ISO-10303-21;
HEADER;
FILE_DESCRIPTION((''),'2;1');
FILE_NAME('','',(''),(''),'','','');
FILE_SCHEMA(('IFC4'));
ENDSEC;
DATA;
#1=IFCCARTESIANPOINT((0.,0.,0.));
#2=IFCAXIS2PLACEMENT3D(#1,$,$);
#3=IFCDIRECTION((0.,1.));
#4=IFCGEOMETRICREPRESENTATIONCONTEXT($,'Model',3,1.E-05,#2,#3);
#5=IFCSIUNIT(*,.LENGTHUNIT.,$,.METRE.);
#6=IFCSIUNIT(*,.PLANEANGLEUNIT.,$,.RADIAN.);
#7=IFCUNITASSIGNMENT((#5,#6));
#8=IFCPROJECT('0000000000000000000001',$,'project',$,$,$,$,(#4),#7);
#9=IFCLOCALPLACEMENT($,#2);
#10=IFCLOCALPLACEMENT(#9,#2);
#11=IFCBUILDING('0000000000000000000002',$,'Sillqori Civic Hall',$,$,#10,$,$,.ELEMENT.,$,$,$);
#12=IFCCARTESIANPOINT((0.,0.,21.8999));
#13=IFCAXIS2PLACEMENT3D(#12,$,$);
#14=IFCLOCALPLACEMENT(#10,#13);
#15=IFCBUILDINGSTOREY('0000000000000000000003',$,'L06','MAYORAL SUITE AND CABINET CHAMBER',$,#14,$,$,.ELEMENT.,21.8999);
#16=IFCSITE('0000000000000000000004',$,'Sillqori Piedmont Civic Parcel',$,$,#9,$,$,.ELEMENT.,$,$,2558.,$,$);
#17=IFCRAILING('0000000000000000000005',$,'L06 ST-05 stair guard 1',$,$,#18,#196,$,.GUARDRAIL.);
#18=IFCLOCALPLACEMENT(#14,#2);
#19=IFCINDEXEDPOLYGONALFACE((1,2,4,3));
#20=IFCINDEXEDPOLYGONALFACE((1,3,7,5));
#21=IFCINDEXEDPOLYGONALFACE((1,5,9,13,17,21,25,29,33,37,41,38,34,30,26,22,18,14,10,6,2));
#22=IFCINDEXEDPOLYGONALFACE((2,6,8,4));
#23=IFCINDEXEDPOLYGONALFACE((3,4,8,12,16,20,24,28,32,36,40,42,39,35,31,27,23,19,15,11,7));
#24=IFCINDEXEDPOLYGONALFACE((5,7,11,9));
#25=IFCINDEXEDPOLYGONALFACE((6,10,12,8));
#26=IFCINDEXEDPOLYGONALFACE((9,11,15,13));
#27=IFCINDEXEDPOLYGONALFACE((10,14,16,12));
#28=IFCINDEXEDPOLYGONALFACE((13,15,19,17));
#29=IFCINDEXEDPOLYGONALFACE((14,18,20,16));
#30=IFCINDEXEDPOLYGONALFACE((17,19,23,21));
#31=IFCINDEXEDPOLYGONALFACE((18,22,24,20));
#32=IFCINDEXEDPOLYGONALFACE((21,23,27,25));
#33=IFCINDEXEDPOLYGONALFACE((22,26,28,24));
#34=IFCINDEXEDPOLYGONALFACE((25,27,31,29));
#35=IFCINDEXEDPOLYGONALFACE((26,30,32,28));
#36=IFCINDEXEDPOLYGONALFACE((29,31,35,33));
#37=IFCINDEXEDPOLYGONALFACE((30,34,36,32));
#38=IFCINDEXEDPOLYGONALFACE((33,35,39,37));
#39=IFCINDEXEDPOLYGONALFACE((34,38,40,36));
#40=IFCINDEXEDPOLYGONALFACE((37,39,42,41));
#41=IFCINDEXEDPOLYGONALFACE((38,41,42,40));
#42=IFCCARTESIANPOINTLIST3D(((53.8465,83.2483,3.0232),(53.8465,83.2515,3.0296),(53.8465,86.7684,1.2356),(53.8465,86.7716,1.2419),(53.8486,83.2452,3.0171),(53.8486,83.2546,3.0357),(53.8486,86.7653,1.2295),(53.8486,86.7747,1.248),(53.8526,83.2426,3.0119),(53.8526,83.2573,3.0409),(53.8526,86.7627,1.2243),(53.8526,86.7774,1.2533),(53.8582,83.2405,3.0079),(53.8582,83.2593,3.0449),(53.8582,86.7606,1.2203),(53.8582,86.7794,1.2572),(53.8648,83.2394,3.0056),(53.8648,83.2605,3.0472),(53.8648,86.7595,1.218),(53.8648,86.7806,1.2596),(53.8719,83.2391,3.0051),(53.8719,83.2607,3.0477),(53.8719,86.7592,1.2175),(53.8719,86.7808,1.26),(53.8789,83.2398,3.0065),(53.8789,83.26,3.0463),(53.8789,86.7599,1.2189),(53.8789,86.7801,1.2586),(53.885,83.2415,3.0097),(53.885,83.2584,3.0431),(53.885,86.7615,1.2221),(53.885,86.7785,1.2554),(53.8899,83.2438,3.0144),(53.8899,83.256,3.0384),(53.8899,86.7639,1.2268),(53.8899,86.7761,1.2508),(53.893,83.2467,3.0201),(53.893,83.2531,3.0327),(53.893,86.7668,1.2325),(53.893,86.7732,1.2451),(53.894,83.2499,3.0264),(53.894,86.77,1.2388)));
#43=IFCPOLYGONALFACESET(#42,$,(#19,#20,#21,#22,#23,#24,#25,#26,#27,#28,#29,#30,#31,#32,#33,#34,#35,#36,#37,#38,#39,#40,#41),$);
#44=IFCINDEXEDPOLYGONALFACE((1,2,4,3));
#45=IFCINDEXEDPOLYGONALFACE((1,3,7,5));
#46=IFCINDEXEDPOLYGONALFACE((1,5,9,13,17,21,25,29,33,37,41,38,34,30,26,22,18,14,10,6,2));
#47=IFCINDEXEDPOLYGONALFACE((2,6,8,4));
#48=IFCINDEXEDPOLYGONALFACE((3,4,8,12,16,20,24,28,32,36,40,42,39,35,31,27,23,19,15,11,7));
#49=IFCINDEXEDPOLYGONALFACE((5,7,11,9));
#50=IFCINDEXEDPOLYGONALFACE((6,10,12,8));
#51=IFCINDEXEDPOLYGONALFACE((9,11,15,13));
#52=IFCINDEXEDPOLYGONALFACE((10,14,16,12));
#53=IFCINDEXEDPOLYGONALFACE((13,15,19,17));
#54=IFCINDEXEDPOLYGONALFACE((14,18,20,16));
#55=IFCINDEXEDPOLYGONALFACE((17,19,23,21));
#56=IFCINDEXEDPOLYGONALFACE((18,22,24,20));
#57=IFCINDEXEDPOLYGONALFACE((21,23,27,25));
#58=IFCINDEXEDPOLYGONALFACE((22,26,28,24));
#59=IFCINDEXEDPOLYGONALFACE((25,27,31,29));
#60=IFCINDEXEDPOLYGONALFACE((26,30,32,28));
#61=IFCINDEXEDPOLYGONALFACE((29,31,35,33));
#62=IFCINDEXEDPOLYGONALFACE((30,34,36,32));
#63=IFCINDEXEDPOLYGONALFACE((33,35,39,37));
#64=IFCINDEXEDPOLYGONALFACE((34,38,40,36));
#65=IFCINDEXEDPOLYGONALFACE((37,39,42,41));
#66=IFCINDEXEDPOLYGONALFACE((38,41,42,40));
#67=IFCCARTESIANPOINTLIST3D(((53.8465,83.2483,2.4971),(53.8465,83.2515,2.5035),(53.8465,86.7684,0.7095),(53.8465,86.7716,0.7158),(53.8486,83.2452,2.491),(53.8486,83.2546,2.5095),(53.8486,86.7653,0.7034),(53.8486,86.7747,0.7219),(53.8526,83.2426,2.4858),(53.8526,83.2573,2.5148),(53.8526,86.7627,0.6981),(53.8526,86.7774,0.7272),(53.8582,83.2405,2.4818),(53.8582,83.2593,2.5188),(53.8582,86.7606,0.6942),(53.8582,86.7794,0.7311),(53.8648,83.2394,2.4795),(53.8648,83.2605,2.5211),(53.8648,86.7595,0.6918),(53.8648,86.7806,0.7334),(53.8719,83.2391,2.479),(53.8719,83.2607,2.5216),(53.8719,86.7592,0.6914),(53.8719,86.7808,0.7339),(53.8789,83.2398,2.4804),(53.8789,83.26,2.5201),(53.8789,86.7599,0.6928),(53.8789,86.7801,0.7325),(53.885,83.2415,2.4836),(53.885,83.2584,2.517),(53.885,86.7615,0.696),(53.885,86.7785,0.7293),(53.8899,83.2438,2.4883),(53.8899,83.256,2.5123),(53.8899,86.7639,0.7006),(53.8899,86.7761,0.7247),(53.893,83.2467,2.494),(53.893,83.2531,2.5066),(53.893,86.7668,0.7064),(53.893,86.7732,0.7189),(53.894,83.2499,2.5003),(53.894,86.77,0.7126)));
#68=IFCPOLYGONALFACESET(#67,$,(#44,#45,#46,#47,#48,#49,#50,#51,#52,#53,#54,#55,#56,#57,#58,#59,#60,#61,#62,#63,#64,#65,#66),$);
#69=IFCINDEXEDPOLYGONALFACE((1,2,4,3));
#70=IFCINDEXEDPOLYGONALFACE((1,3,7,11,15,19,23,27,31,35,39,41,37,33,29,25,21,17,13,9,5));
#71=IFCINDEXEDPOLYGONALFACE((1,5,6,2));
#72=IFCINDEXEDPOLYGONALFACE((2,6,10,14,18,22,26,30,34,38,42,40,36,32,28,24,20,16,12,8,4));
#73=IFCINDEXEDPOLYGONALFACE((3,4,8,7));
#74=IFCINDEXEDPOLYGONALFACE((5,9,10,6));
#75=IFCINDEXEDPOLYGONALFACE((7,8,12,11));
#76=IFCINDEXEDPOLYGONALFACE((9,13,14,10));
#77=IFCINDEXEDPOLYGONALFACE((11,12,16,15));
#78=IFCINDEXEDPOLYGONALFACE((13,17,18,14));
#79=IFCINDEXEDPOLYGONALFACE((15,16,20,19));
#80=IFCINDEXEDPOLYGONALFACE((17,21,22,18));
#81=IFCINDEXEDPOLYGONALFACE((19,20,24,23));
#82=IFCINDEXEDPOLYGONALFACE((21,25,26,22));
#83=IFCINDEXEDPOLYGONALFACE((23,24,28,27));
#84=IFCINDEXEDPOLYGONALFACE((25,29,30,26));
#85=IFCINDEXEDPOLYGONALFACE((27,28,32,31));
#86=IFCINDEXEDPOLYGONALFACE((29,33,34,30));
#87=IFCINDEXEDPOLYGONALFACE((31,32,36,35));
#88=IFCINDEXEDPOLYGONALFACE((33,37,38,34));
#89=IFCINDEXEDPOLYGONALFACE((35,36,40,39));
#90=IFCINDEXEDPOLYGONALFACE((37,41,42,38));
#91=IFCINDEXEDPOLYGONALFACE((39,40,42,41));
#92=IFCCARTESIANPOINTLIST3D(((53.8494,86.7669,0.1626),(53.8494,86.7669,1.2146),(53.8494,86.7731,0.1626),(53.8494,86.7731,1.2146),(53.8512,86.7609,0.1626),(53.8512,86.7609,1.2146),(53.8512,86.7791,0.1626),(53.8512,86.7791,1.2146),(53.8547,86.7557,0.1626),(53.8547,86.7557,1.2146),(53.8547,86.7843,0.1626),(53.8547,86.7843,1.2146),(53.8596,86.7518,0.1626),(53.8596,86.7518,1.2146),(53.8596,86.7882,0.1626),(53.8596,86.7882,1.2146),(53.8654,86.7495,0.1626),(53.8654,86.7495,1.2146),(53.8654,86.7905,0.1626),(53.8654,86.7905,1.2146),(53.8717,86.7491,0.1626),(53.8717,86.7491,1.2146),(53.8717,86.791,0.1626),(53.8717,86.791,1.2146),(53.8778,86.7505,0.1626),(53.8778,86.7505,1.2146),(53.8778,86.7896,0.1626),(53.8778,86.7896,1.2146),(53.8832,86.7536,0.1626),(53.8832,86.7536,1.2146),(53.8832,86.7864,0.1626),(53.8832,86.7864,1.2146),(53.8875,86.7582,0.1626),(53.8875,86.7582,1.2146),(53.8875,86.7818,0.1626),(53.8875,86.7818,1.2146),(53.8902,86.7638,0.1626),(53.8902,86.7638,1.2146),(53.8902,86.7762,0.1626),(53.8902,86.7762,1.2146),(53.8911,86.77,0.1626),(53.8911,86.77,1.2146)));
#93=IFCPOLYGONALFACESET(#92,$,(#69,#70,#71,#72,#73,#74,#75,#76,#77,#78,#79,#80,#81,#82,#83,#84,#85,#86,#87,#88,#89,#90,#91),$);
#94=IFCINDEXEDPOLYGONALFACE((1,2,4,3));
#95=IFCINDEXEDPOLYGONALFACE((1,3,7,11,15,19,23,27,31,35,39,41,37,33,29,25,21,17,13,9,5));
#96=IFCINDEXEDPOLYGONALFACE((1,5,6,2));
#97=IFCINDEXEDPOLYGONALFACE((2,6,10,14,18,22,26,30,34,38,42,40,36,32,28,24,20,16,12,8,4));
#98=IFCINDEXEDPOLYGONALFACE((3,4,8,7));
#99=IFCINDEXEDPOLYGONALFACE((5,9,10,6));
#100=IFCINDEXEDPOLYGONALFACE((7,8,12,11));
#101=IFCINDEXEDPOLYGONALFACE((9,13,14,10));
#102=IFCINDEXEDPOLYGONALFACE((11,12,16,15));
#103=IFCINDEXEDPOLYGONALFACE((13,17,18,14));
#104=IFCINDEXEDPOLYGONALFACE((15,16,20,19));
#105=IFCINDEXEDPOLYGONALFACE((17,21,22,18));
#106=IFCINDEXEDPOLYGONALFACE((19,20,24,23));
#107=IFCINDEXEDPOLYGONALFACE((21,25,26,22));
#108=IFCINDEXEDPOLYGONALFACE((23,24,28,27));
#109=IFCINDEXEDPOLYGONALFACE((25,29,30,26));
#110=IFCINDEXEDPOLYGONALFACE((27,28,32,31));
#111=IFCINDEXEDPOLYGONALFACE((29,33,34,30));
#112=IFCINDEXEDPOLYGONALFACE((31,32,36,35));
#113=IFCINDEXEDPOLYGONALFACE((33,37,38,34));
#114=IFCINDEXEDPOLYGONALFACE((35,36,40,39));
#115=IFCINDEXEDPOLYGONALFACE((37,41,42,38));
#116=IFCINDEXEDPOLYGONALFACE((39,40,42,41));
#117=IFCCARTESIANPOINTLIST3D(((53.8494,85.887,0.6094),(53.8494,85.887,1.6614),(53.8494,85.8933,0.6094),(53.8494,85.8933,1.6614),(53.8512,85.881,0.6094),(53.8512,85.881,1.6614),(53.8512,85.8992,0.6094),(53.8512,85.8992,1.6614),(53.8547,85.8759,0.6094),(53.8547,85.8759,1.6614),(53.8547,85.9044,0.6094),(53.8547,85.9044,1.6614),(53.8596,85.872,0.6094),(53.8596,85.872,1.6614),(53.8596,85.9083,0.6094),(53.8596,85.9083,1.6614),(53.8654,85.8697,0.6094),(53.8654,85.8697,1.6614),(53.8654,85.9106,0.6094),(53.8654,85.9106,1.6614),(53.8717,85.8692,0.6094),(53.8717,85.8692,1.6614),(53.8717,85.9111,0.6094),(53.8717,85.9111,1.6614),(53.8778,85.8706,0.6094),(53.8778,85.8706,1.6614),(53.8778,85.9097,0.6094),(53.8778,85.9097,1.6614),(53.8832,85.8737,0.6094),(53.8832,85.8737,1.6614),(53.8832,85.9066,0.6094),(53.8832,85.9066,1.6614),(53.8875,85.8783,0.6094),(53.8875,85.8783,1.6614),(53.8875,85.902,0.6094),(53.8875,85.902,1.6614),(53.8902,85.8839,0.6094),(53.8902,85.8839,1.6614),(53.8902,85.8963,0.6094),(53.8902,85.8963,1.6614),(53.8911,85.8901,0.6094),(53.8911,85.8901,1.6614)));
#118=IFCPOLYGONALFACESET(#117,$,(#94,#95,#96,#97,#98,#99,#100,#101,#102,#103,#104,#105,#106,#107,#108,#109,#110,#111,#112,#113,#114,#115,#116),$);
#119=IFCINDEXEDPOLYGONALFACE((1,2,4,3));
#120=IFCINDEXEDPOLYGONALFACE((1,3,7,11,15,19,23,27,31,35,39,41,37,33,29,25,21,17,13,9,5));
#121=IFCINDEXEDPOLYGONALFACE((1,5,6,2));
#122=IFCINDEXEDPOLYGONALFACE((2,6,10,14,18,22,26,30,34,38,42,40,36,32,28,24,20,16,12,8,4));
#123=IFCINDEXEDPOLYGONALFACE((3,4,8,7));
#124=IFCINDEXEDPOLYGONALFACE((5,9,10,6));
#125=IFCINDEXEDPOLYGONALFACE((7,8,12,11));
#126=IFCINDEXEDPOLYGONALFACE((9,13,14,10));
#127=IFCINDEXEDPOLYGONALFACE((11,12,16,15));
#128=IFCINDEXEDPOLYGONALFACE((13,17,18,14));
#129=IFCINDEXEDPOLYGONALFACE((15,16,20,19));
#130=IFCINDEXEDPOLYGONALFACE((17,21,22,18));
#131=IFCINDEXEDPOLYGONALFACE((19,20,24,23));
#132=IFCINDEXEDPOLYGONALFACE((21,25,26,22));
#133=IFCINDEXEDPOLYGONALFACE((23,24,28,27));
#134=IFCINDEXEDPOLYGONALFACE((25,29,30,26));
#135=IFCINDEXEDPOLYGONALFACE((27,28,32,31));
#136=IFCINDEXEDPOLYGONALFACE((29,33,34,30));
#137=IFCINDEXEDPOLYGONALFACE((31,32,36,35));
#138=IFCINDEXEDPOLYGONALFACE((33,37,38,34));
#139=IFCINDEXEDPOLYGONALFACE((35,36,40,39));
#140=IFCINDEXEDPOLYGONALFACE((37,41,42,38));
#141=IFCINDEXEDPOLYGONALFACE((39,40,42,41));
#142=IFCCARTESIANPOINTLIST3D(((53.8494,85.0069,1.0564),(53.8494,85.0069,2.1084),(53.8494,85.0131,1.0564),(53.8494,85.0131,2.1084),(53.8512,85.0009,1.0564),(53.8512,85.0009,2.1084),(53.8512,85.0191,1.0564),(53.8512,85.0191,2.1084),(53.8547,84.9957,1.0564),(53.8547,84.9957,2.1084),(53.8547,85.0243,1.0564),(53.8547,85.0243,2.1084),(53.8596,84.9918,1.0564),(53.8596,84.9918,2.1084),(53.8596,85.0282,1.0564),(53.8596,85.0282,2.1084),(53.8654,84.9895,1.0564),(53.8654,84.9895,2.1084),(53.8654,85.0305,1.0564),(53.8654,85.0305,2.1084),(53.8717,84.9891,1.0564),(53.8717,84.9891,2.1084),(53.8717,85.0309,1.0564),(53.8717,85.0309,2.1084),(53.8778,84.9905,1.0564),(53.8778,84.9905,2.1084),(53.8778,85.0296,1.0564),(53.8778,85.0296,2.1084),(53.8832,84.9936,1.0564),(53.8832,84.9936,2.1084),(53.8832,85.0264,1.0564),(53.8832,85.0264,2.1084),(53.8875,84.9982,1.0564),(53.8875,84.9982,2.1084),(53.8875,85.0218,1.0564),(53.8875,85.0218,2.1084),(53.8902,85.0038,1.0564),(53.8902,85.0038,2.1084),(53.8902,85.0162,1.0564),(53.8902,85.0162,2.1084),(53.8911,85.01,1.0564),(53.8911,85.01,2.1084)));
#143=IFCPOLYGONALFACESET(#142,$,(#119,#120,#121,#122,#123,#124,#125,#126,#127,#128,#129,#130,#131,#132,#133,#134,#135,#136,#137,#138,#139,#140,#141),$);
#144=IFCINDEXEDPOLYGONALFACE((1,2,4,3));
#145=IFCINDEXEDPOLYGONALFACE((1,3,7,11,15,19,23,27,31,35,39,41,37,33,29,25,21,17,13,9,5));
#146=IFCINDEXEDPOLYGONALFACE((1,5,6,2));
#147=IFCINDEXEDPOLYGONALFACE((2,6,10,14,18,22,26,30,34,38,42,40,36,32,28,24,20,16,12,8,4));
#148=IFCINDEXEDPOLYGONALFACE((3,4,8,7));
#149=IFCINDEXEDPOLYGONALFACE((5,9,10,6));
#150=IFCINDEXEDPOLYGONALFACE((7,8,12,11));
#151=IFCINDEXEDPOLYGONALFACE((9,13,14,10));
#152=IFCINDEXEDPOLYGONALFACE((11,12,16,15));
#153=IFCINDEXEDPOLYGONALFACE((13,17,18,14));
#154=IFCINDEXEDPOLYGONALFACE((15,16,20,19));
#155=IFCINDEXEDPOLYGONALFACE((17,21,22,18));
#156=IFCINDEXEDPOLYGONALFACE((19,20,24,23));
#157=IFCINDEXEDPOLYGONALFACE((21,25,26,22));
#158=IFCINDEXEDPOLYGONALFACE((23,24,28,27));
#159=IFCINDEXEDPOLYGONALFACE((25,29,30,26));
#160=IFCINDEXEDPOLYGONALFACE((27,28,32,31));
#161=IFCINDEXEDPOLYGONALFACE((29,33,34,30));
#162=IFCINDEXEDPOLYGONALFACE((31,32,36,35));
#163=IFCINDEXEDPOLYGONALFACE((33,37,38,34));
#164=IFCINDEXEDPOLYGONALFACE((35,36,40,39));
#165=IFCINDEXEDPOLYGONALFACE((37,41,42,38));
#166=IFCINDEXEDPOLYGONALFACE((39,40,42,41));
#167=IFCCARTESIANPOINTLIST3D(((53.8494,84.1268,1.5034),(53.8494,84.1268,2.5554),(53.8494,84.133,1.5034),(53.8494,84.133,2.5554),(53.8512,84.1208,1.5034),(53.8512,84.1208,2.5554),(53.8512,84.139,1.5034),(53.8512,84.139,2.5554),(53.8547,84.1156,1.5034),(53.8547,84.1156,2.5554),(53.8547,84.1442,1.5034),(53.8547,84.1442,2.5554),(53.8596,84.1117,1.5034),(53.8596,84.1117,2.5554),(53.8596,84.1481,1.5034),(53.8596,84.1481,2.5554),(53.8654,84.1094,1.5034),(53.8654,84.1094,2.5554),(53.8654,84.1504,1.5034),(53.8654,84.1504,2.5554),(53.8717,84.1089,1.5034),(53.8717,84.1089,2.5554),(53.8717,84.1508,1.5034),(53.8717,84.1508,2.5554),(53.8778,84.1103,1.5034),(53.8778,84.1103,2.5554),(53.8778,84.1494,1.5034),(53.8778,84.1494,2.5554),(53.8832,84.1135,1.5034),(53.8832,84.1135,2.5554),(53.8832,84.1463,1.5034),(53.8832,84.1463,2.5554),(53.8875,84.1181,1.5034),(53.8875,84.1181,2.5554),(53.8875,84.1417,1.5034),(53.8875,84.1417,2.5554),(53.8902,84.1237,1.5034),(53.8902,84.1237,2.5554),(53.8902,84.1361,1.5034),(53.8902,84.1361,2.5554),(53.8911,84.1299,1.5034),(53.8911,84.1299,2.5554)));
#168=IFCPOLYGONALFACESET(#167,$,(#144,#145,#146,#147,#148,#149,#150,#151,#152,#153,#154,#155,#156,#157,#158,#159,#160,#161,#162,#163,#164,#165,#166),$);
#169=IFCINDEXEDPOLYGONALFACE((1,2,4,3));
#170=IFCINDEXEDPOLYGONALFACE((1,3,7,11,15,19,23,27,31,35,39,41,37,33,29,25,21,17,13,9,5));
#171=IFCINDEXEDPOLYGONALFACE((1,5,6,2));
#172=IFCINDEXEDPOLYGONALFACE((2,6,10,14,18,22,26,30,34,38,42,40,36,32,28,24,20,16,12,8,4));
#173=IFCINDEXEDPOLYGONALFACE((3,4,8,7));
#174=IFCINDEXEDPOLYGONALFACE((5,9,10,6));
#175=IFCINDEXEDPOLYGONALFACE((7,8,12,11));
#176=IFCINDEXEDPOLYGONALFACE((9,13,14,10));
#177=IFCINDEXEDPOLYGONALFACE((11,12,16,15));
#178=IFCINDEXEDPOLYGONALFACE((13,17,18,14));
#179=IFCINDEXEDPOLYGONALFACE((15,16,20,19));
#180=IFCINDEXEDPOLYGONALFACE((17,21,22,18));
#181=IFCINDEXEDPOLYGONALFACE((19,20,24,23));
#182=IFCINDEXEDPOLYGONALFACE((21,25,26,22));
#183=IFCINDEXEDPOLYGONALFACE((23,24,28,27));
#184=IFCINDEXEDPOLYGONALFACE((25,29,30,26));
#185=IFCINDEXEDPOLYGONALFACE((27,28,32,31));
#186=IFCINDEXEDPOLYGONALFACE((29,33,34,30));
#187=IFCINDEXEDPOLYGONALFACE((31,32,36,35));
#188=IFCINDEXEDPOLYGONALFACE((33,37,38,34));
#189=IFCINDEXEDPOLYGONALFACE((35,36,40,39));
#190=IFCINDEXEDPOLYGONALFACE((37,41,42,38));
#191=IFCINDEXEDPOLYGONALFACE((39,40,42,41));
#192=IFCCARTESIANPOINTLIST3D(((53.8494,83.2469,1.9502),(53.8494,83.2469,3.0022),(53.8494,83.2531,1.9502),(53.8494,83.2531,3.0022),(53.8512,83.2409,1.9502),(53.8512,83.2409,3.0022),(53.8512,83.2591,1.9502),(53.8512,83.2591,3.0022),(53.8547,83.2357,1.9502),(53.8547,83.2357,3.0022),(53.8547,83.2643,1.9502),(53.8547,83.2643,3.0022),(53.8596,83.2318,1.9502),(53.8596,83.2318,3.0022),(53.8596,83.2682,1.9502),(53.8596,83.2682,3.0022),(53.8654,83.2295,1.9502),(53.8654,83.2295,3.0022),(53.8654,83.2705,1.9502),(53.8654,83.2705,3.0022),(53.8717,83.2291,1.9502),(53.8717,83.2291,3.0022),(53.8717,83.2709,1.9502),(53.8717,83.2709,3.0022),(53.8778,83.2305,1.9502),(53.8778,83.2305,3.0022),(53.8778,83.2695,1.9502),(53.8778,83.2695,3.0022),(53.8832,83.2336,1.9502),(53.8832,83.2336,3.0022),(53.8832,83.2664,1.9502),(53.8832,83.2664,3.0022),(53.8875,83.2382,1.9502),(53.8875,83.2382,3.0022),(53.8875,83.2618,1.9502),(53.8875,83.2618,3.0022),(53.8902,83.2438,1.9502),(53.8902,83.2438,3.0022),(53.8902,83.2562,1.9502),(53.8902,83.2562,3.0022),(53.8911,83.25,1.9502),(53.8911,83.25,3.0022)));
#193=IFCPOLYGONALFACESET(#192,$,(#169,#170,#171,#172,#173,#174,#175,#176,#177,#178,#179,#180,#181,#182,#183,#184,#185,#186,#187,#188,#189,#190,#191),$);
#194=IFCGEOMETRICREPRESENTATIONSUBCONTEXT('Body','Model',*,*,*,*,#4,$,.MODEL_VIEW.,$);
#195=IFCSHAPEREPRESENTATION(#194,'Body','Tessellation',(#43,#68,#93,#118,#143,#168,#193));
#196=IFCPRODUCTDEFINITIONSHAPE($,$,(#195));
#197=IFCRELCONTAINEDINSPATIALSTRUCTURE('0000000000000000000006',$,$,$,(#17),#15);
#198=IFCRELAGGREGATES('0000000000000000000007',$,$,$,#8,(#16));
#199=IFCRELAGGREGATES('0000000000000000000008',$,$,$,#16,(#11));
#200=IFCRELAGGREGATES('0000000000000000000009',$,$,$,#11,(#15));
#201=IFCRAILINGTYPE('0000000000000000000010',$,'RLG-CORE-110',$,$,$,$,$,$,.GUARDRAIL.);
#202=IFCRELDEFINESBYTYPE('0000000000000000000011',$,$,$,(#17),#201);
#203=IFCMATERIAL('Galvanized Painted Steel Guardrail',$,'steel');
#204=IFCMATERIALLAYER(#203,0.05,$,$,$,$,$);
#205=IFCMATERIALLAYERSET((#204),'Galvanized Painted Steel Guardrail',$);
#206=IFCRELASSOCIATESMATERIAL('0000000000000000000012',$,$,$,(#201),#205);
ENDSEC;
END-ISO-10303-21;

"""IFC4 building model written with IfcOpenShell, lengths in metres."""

from ifc_helpers import new_model, si_unit, direction, frame, origin, origin_2d, place, context, subcontext, project, spatial, circle, extrude, material, layer, layer_set, type_object, element, save


model = new_model("IFC4")

# Units and contexts
model_context = context("Model", 3, precision=1e-05, world=origin(), true_north=direction((0.0, 1.0)))
body_context = subcontext(model_context, "Body", "Model", "MODEL_VIEW")
ifc_project = project(units=[si_unit("LENGTHUNIT", "METRE"), si_unit("PLANEANGLEUNIT", "RADIAN")], contexts=[model_context])

# Site, building, storey
site_placement = place(None, origin())
site = spatial("IfcSite", under=ifc_project, at=site_placement, Name="Sillqori Piedmont Civic Parcel", CompositionType="ELEMENT", RefElevation=2558.0)
building_placement = place(site_placement, origin())
building = spatial("IfcBuilding", under=site, at=building_placement, Name="Sillqori Civic Hall", CompositionType="ELEMENT")
storey_placement = place(building_placement, frame((0.0, 0.0, 21.8999)))
storey = spatial("IfcBuildingStorey", under=building, at=storey_placement, Name="L06", Description="MAYORAL SUITE AND CABINET CHAMBER", CompositionType="ELEMENT", Elevation=21.8999)

# Railing
ifc_material_1 = material(Name="Galvanized Painted Steel Guardrail", Category="steel")
ifc_layer_1 = layer(ifc_material_1, 0.05)
ifc_layer_set_1 = layer_set([ifc_layer_1], Name="Galvanized Painted Steel Guardrail")
railing_type_1 = type_object("IfcRailingType", Name="RLG-CORE-110", PredefinedType="GUARDRAIL", material=ifc_layer_set_1)
railing_1_placement = place(storey_placement, frame((53.8701, 86.77, 0.1626)))
element("IfcRailing", 1, at=railing_1_placement, inside=storey, type_object=railing_type_1, Name="L06 ST-05 stair guard 1", PredefinedType="GUARDRAIL", context=body_context, shape_type="SweptSolid", body=[
    extrude(circle(Radius=0.0239, at=origin_2d()), frame((0.0, 0.0, 1.0762), z_axis=(0.0, -0.891615, 0.452795), x_axis=(1.0, 0.0, 0.0)), (0.0, 0.0, 1.0), 3.948),
    extrude(circle(Radius=0.0239, at=origin_2d()), frame((0.0, 0.0, 0.55), z_axis=(0.0, -0.891615, 0.452795), x_axis=(1.0, 0.0, 0.0)), (0.0, 0.0, 1.0), 3.948),
    extrude(circle(Radius=0.021, at=origin_2d()), origin(), (0.0, 0.0, 1.0), 1.052),
    extrude(circle(Radius=0.021, at=origin_2d()), frame((0.0, -0.8799, 0.4468)), (0.0, 0.0, 1.0), 1.052),
    extrude(circle(Radius=0.021, at=origin_2d()), frame((0.0, -1.76, 0.8938)), (0.0, 0.0, 1.0), 1.052),
    extrude(circle(Radius=0.021, at=origin_2d()), frame((0.0, -2.6401, 1.3408)), (0.0, 0.0, 1.0), 1.052),
    extrude(circle(Radius=0.021, at=origin_2d()), frame((0.0, -3.52, 1.7876)), (0.0, 0.0, 1.0), 1.052),
])

save(model, "model.ifc")
